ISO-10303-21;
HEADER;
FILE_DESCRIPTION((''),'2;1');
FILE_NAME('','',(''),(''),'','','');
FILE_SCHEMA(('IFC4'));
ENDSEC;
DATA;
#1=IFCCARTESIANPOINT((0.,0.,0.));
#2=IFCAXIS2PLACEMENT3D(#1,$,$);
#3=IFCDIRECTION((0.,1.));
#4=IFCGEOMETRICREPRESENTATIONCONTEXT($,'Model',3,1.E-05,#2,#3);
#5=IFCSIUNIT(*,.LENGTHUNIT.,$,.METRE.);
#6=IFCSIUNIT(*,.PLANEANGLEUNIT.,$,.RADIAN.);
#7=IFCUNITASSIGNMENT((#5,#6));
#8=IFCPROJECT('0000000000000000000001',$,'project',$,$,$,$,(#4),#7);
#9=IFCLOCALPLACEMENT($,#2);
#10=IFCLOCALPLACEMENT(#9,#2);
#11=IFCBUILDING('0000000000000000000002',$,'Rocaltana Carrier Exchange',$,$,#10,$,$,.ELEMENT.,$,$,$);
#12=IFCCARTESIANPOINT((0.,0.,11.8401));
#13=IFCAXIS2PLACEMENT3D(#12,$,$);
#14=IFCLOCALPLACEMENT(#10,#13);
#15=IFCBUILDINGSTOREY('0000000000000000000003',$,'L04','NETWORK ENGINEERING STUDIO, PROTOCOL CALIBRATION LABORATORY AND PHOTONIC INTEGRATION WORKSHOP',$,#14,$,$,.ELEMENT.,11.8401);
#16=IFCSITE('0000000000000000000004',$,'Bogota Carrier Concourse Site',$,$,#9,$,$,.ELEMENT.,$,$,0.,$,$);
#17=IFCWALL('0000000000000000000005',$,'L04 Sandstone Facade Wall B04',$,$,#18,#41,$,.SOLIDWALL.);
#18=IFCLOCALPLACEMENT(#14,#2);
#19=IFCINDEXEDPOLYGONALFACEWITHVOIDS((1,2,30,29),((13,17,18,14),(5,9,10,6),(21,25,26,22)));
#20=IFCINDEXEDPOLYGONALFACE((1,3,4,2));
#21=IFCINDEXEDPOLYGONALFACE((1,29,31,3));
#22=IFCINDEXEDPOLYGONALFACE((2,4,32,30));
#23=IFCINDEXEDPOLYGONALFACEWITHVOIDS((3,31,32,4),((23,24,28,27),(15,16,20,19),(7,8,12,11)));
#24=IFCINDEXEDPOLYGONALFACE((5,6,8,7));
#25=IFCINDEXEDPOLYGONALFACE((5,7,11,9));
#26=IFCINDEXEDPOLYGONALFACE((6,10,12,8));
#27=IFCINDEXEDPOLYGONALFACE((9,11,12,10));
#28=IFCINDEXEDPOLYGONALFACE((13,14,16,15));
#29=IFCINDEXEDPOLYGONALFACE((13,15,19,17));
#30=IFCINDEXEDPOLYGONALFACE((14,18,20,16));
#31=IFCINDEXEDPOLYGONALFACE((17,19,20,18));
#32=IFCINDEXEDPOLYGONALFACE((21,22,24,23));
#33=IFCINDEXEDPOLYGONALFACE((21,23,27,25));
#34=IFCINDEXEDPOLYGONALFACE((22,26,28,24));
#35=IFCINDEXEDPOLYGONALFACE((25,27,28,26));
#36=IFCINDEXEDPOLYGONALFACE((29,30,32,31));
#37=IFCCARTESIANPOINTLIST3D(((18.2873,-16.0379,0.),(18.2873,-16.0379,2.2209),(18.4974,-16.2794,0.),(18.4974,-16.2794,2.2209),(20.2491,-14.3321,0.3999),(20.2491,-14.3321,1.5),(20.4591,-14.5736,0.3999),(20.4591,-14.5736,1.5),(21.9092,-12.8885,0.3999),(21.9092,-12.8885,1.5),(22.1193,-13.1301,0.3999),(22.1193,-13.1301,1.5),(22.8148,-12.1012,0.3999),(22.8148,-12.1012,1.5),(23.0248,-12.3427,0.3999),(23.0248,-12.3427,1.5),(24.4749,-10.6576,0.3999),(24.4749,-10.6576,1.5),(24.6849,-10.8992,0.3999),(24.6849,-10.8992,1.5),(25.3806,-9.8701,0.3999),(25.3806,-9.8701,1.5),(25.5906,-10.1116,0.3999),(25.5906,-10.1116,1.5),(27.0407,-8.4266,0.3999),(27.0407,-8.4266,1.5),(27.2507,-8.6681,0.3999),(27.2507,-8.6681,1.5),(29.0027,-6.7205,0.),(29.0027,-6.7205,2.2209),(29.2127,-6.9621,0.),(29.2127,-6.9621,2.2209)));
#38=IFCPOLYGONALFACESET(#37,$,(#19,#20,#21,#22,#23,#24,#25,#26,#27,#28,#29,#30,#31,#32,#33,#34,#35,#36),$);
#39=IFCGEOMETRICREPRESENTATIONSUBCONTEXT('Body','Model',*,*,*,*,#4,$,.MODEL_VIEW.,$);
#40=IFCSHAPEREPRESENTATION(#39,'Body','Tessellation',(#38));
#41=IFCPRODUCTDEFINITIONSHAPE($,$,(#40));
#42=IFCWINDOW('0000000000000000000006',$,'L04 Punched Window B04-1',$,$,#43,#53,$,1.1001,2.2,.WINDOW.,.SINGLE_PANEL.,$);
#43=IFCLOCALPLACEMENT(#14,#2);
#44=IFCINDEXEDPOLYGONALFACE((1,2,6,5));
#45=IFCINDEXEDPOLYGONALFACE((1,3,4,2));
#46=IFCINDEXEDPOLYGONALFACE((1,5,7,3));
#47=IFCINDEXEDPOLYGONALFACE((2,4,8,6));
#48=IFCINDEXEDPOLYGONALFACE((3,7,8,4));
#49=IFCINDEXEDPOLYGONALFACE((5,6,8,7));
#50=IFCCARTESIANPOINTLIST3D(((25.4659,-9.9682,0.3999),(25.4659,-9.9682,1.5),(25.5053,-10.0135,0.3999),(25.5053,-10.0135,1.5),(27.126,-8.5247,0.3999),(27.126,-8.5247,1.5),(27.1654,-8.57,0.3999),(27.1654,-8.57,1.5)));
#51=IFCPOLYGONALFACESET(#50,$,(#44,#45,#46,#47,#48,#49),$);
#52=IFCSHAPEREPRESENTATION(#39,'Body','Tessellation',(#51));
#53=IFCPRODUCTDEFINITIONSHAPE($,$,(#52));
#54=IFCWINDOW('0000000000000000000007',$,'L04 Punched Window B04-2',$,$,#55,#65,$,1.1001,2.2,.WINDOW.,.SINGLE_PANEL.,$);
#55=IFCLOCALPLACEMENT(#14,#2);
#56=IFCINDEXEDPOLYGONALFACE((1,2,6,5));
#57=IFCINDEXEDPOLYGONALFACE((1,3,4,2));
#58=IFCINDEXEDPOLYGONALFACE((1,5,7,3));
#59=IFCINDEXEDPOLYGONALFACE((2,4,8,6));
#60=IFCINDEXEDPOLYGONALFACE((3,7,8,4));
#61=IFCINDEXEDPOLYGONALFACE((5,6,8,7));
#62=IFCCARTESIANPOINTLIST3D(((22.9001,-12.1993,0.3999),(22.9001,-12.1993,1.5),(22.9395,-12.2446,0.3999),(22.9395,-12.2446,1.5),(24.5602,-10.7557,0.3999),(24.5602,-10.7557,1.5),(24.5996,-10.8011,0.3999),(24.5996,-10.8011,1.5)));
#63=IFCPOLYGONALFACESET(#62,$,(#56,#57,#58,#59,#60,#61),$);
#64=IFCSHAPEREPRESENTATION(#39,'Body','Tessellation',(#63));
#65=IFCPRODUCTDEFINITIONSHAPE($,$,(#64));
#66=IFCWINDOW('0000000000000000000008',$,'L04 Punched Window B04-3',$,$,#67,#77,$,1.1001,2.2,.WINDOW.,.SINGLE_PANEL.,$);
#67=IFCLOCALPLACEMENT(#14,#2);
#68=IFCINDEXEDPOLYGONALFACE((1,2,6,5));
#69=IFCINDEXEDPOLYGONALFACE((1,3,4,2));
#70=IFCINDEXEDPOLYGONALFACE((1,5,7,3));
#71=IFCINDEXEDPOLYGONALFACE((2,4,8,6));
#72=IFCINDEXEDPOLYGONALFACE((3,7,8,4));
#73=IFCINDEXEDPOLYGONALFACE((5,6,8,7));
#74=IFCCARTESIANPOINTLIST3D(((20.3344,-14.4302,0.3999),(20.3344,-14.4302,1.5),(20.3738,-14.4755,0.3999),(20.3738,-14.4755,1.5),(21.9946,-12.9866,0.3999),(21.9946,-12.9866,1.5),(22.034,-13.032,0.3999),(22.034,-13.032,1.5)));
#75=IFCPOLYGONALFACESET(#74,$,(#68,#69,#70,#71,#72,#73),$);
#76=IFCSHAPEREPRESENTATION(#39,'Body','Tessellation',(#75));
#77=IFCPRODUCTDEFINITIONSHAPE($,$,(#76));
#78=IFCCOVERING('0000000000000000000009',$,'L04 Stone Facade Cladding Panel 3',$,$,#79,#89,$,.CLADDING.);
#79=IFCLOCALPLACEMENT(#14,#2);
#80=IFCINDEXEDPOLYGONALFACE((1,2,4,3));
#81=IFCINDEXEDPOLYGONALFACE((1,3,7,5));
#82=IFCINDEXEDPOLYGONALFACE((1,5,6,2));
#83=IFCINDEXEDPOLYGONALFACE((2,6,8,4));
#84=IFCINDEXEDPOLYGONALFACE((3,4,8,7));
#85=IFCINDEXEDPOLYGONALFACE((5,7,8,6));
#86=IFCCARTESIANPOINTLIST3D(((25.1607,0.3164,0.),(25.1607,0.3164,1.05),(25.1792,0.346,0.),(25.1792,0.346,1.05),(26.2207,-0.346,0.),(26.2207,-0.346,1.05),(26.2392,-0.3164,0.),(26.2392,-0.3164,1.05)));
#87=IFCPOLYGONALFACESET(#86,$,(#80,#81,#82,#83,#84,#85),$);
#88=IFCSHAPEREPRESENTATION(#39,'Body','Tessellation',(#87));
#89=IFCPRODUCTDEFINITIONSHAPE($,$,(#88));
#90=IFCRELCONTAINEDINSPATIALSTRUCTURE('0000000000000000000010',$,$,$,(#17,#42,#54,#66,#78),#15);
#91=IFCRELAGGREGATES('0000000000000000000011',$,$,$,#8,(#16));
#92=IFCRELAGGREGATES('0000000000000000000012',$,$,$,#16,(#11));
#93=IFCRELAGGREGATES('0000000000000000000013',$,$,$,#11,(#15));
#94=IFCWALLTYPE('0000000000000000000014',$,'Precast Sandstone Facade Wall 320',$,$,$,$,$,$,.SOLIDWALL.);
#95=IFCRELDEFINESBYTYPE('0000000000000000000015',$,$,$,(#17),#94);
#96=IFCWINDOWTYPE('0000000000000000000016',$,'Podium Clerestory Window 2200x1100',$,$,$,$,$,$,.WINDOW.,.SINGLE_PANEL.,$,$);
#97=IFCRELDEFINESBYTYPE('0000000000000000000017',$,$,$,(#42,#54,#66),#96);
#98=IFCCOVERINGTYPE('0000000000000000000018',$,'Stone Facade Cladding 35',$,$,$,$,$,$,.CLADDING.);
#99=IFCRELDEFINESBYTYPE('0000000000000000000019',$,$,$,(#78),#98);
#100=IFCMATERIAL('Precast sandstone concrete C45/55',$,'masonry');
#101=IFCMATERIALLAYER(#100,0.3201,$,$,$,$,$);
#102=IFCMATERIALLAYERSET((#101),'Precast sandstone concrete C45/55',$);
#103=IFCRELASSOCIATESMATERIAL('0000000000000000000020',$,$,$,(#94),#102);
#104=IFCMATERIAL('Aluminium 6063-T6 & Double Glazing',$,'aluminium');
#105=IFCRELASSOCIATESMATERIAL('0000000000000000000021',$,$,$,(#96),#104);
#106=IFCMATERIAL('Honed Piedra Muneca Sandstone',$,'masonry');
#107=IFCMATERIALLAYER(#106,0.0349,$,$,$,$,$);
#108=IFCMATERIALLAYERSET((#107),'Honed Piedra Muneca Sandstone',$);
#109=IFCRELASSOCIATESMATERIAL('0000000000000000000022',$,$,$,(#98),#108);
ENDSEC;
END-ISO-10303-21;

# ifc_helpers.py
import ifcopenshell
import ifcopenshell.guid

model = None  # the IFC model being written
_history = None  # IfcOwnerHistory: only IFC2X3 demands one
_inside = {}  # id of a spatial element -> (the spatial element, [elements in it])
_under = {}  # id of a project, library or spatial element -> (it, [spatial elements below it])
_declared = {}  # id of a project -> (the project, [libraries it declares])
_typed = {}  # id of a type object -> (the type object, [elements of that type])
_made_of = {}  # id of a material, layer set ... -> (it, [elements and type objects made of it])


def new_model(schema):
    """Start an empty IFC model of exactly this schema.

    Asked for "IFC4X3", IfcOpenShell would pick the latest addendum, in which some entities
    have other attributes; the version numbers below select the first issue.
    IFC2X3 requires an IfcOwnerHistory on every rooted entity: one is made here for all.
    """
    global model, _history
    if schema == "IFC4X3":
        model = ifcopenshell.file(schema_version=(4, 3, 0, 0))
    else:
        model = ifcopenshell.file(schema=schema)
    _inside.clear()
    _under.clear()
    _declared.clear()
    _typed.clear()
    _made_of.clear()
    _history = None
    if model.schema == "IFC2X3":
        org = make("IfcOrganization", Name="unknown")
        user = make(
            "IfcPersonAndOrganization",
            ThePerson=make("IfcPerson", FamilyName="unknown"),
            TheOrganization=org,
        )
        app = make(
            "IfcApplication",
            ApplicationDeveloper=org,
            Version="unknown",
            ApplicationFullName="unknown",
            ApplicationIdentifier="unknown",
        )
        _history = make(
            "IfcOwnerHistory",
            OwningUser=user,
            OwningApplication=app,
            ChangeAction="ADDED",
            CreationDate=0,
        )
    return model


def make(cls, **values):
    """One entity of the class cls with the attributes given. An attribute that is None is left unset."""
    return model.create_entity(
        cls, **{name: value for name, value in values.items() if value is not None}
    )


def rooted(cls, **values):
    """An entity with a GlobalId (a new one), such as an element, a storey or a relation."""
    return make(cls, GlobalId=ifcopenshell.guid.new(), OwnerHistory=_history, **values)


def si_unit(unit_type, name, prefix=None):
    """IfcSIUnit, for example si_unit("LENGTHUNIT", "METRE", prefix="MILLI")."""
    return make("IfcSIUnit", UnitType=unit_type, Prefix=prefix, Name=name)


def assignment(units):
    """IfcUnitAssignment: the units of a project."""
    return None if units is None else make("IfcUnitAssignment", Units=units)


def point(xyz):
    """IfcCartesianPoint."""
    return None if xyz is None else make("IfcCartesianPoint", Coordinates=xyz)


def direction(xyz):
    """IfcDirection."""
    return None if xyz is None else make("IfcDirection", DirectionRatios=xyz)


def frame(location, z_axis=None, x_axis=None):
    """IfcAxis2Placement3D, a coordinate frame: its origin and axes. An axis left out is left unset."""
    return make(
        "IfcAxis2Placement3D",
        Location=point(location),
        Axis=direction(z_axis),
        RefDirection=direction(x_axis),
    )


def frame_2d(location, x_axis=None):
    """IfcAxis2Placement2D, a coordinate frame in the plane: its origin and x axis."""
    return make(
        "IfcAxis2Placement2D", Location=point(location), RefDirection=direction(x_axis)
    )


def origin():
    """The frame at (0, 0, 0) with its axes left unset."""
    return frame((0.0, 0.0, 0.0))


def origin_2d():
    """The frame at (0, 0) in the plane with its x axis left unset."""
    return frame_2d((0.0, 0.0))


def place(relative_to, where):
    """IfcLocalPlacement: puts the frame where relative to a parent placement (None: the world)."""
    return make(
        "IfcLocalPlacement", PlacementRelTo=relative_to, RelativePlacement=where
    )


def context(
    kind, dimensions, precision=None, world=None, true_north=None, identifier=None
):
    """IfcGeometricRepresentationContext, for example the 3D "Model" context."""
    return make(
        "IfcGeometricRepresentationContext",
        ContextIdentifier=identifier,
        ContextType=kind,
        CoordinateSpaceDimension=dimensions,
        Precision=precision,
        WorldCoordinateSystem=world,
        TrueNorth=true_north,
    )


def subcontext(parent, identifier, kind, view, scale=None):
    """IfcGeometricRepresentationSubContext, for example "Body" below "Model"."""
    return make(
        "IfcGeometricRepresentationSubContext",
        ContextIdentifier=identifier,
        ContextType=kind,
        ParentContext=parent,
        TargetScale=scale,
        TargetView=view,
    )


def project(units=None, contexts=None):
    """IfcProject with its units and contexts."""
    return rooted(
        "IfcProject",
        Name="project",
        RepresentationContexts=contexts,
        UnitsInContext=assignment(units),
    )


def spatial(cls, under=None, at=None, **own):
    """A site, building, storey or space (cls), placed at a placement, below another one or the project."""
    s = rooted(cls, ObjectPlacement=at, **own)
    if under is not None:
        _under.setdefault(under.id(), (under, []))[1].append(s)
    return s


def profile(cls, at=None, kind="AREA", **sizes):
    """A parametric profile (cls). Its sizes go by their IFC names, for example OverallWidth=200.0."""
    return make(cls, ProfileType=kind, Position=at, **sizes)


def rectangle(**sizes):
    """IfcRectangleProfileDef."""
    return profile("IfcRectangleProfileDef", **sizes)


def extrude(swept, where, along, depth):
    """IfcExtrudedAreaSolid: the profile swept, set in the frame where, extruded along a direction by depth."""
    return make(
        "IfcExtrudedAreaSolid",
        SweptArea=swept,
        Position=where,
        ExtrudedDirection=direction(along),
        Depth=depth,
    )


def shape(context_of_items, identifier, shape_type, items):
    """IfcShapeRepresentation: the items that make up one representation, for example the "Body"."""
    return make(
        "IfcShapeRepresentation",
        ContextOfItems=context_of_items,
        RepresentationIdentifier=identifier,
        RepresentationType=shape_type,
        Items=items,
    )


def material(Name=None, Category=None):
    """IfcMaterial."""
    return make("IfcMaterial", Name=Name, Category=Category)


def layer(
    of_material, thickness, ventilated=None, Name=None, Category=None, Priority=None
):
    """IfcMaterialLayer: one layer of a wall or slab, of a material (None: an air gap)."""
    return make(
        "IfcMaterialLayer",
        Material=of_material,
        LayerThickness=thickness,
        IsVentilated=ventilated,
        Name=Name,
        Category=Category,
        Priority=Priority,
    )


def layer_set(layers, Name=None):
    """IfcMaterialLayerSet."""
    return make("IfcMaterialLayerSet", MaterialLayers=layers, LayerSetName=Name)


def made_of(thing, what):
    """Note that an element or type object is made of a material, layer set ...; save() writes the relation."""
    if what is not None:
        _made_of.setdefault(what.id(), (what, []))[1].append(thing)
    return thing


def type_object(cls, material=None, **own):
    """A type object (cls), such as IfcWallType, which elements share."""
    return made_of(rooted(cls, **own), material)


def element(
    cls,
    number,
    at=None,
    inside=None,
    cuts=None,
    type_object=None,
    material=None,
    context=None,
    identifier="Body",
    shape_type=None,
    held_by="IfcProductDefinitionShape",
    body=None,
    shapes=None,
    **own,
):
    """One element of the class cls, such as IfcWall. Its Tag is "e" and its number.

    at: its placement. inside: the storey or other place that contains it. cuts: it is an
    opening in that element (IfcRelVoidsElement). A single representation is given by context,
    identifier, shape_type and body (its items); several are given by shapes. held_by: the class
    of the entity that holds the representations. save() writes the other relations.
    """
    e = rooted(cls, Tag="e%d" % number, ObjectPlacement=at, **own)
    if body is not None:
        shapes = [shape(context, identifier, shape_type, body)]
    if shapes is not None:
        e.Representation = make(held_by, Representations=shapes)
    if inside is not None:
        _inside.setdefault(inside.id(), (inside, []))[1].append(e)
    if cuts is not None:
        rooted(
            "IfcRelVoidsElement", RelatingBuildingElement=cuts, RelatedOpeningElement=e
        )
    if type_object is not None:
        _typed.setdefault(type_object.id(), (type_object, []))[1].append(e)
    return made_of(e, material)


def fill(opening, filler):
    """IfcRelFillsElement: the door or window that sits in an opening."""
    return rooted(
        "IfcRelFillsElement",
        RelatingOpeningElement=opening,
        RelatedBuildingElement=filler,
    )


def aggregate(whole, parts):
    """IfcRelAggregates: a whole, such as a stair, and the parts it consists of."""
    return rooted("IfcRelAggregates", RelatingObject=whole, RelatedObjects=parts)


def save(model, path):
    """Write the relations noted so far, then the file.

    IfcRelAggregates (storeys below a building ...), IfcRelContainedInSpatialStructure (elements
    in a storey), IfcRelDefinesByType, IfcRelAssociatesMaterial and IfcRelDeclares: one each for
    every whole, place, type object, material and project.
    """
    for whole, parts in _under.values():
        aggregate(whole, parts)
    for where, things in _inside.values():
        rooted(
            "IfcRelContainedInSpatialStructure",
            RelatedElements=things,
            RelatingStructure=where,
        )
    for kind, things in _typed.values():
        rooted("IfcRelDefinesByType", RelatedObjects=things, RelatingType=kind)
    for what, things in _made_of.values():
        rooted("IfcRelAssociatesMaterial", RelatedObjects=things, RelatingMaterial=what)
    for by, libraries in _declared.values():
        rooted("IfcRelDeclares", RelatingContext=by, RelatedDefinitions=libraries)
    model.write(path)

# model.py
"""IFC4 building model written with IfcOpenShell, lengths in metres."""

from ifc_helpers import new_model, si_unit, direction, frame, frame_2d, origin, origin_2d, place, context, subcontext, project, spatial, rectangle, extrude, material, layer, layer_set, type_object, element, fill, save


model = new_model("IFC4")

# Units and contexts
model_context = context("Model", 3, precision=1e-05, world=origin(), true_north=direction((0.0, 1.0)))
body_context = subcontext(model_context, "Body", "Model", "MODEL_VIEW")
ifc_project = project(units=[si_unit("LENGTHUNIT", "METRE"), si_unit("PLANEANGLEUNIT", "RADIAN")], contexts=[model_context])

# Site, building, storey
site_placement = place(None, origin())
site = spatial("IfcSite", under=ifc_project, at=site_placement, Name="Bogota Carrier Concourse Site", CompositionType="ELEMENT", RefElevation=0.0)
building_placement = place(site_placement, origin())
building = spatial("IfcBuilding", under=site, at=building_placement, Name="Rocaltana Carrier Exchange", CompositionType="ELEMENT")
storey_placement = place(building_placement, frame((0.0, 0.0, 11.8401)))
storey = spatial("IfcBuildingStorey", under=building, at=storey_placement, Name="L04", Description="NETWORK ENGINEERING STUDIO, PROTOCOL CALIBRATION LABORATORY AND PHOTONIC INTEGRATION WORKSHOP", CompositionType="ELEMENT", Elevation=11.8401)

# Wall, openings, windows
ifc_material_1 = material(Name="Precast sandstone concrete C45/55", Category="masonry")
ifc_layer_1 = layer(ifc_material_1, 0.3201)
ifc_layer_set_1 = layer_set([ifc_layer_1], Name="Precast sandstone concrete C45/55")
wall_type_1 = type_object("IfcWallType", Name="Precast Sandstone Facade Wall 320", PredefinedType="SOLIDWALL", material=ifc_layer_set_1)
wall_1_placement = place(storey_placement, frame((29.1077, -6.8413, 0.0), z_axis=(0.0, 0.0, 1.0), x_axis=(-0.754616, -0.656167, 0.0)))
wall_1 = element("IfcWall", 1, at=wall_1_placement, inside=storey, type_object=wall_type_1, Name="L04 Sandstone Facade Wall B04", PredefinedType="SOLIDWALL", context=body_context, shape_type="SweptSolid", body=[
    extrude(rectangle(XDim=14.1997, YDim=0.3201, at=frame_2d((7.0999, 0.0))), origin(), (0.0, 0.0, 1.0), 2.2209),
])
opening_1_placement = place(wall_1_placement, frame((2.5999, 0.0, 0.3999)))
opening_1 = element("IfcOpeningElement", 2, at=opening_1_placement, cuts=wall_1, PredefinedType="OPENING", context=body_context, shape_type="SweptSolid", body=[
    extrude(rectangle(XDim=2.2, YDim=1.1001, at=frame_2d((1.1001, 0.55))), frame((0.0, 0.1699, 0.0), z_axis=(0.0, -1.0, 0.0), x_axis=(1.0, 0.0, 0.0)), (0.0, 0.0, 1.0), 0.3401),
])
opening_2_placement = place(wall_1_placement, frame((6.0, 0.0, 0.3999)))
opening_2 = element("IfcOpeningElement", 3, at=opening_2_placement, cuts=wall_1, PredefinedType="OPENING", context=body_context, shape_type="SweptSolid", body=[
    extrude(rectangle(XDim=2.2, YDim=1.1001, at=frame_2d((1.1001, 0.55))), frame((0.0, 0.1699, 0.0), z_axis=(0.0, -1.0, 0.0), x_axis=(1.0, 0.0, 0.0)), (0.0, 0.0, 1.0), 0.3401),
])
opening_3_placement = place(wall_1_placement, frame((9.3999, 0.0, 0.3999)))
opening_3 = element("IfcOpeningElement", 4, at=opening_3_placement, cuts=wall_1, PredefinedType="OPENING", context=body_context, shape_type="SweptSolid", body=[
    extrude(rectangle(XDim=2.2, YDim=1.1001, at=frame_2d((1.1001, 0.55))), frame((0.0, 0.1699, 0.0), z_axis=(0.0, -1.0, 0.0), x_axis=(1.0, 0.0, 0.0)), (0.0, 0.0, 1.0), 0.3401),
])
ifc_material_2 = material(Name="Aluminium 6063-T6 & Double Glazing", Category="aluminium")
window_type_1 = type_object("IfcWindowType", Name="Podium Clerestory Window 2200x1100", PartitioningType="SINGLE_PANEL", PredefinedType="WINDOW", material=ifc_material_2)
window_1_placement = place(opening_1_placement, origin())
window_1 = element("IfcWindow", 5, at=window_1_placement, inside=storey, type_object=window_type_1, Name="L04 Punched Window B04-1", OverallHeight=1.1001, OverallWidth=2.2, PartitioningType="SINGLE_PANEL", PredefinedType="WINDOW", context=body_context, shape_type="SweptSolid", body=[
    extrude(rectangle(XDim=2.2, YDim=1.1001, at=frame_2d((1.1001, 0.55))), frame((0.0, 0.03, 0.0), z_axis=(0.0, -1.0, 0.0), x_axis=(1.0, 0.0, 0.0)), (0.0, 0.0, 1.0), 0.0601),
])
fill(opening_1, window_1)
window_2_placement = place(opening_2_placement, origin())
window_2 = element("IfcWindow", 6, at=window_2_placement, inside=storey, type_object=window_type_1, Name="L04 Punched Window B04-2", OverallHeight=1.1001, OverallWidth=2.2, PartitioningType="SINGLE_PANEL", PredefinedType="WINDOW", context=body_context, shape_type="SweptSolid", body=[
    extrude(rectangle(XDim=2.2, YDim=1.1001, at=frame_2d((1.1001, 0.55))), frame((0.0, 0.03, 0.0), z_axis=(0.0, -1.0, 0.0), x_axis=(1.0, 0.0, 0.0)), (0.0, 0.0, 1.0), 0.0601),
])
fill(opening_2, window_2)
window_3_placement = place(opening_3_placement, origin())
window_3 = element("IfcWindow", 7, at=window_3_placement, inside=storey, type_object=window_type_1, Name="L04 Punched Window B04-3", OverallHeight=1.1001, OverallWidth=2.2, PartitioningType="SINGLE_PANEL", PredefinedType="WINDOW", context=body_context, shape_type="SweptSolid", body=[
    extrude(rectangle(XDim=2.2, YDim=1.1001, at=frame_2d((1.1001, 0.55))), frame((0.0, 0.03, 0.0), z_axis=(0.0, -1.0, 0.0), x_axis=(1.0, 0.0, 0.0)), (0.0, 0.0, 1.0), 0.0601),
])
fill(opening_3, window_3)

# Covering
ifc_material_3 = material(Name="Honed Piedra Muneca Sandstone", Category="masonry")
ifc_layer_2 = layer(ifc_material_3, 0.0349)
ifc_layer_set_2 = layer_set([ifc_layer_2], Name="Honed Piedra Muneca Sandstone")
covering_type = type_object("IfcCoveringType", Name="Stone Facade Cladding 35", PredefinedType="CLADDING", material=ifc_layer_set_2)
covering_placement = place(storey_placement, frame((25.7, 0.0, 0.0), z_axis=(0.0, 0.0, 1.0), x_axis=(-0.848048, 0.529919, 0.0)))
element("IfcCovering", 8, at=covering_placement, inside=storey, type_object=covering_type, Name="L04 Stone Facade Cladding Panel 3", PredefinedType="CLADDING", context=body_context, shape_type="SweptSolid", body=[
    extrude(rectangle(XDim=1.25, YDim=0.0349, at=origin_2d()), origin(), (0.0, 0.0, 1.0), 1.05),
])

save(model, "model.ifc")
